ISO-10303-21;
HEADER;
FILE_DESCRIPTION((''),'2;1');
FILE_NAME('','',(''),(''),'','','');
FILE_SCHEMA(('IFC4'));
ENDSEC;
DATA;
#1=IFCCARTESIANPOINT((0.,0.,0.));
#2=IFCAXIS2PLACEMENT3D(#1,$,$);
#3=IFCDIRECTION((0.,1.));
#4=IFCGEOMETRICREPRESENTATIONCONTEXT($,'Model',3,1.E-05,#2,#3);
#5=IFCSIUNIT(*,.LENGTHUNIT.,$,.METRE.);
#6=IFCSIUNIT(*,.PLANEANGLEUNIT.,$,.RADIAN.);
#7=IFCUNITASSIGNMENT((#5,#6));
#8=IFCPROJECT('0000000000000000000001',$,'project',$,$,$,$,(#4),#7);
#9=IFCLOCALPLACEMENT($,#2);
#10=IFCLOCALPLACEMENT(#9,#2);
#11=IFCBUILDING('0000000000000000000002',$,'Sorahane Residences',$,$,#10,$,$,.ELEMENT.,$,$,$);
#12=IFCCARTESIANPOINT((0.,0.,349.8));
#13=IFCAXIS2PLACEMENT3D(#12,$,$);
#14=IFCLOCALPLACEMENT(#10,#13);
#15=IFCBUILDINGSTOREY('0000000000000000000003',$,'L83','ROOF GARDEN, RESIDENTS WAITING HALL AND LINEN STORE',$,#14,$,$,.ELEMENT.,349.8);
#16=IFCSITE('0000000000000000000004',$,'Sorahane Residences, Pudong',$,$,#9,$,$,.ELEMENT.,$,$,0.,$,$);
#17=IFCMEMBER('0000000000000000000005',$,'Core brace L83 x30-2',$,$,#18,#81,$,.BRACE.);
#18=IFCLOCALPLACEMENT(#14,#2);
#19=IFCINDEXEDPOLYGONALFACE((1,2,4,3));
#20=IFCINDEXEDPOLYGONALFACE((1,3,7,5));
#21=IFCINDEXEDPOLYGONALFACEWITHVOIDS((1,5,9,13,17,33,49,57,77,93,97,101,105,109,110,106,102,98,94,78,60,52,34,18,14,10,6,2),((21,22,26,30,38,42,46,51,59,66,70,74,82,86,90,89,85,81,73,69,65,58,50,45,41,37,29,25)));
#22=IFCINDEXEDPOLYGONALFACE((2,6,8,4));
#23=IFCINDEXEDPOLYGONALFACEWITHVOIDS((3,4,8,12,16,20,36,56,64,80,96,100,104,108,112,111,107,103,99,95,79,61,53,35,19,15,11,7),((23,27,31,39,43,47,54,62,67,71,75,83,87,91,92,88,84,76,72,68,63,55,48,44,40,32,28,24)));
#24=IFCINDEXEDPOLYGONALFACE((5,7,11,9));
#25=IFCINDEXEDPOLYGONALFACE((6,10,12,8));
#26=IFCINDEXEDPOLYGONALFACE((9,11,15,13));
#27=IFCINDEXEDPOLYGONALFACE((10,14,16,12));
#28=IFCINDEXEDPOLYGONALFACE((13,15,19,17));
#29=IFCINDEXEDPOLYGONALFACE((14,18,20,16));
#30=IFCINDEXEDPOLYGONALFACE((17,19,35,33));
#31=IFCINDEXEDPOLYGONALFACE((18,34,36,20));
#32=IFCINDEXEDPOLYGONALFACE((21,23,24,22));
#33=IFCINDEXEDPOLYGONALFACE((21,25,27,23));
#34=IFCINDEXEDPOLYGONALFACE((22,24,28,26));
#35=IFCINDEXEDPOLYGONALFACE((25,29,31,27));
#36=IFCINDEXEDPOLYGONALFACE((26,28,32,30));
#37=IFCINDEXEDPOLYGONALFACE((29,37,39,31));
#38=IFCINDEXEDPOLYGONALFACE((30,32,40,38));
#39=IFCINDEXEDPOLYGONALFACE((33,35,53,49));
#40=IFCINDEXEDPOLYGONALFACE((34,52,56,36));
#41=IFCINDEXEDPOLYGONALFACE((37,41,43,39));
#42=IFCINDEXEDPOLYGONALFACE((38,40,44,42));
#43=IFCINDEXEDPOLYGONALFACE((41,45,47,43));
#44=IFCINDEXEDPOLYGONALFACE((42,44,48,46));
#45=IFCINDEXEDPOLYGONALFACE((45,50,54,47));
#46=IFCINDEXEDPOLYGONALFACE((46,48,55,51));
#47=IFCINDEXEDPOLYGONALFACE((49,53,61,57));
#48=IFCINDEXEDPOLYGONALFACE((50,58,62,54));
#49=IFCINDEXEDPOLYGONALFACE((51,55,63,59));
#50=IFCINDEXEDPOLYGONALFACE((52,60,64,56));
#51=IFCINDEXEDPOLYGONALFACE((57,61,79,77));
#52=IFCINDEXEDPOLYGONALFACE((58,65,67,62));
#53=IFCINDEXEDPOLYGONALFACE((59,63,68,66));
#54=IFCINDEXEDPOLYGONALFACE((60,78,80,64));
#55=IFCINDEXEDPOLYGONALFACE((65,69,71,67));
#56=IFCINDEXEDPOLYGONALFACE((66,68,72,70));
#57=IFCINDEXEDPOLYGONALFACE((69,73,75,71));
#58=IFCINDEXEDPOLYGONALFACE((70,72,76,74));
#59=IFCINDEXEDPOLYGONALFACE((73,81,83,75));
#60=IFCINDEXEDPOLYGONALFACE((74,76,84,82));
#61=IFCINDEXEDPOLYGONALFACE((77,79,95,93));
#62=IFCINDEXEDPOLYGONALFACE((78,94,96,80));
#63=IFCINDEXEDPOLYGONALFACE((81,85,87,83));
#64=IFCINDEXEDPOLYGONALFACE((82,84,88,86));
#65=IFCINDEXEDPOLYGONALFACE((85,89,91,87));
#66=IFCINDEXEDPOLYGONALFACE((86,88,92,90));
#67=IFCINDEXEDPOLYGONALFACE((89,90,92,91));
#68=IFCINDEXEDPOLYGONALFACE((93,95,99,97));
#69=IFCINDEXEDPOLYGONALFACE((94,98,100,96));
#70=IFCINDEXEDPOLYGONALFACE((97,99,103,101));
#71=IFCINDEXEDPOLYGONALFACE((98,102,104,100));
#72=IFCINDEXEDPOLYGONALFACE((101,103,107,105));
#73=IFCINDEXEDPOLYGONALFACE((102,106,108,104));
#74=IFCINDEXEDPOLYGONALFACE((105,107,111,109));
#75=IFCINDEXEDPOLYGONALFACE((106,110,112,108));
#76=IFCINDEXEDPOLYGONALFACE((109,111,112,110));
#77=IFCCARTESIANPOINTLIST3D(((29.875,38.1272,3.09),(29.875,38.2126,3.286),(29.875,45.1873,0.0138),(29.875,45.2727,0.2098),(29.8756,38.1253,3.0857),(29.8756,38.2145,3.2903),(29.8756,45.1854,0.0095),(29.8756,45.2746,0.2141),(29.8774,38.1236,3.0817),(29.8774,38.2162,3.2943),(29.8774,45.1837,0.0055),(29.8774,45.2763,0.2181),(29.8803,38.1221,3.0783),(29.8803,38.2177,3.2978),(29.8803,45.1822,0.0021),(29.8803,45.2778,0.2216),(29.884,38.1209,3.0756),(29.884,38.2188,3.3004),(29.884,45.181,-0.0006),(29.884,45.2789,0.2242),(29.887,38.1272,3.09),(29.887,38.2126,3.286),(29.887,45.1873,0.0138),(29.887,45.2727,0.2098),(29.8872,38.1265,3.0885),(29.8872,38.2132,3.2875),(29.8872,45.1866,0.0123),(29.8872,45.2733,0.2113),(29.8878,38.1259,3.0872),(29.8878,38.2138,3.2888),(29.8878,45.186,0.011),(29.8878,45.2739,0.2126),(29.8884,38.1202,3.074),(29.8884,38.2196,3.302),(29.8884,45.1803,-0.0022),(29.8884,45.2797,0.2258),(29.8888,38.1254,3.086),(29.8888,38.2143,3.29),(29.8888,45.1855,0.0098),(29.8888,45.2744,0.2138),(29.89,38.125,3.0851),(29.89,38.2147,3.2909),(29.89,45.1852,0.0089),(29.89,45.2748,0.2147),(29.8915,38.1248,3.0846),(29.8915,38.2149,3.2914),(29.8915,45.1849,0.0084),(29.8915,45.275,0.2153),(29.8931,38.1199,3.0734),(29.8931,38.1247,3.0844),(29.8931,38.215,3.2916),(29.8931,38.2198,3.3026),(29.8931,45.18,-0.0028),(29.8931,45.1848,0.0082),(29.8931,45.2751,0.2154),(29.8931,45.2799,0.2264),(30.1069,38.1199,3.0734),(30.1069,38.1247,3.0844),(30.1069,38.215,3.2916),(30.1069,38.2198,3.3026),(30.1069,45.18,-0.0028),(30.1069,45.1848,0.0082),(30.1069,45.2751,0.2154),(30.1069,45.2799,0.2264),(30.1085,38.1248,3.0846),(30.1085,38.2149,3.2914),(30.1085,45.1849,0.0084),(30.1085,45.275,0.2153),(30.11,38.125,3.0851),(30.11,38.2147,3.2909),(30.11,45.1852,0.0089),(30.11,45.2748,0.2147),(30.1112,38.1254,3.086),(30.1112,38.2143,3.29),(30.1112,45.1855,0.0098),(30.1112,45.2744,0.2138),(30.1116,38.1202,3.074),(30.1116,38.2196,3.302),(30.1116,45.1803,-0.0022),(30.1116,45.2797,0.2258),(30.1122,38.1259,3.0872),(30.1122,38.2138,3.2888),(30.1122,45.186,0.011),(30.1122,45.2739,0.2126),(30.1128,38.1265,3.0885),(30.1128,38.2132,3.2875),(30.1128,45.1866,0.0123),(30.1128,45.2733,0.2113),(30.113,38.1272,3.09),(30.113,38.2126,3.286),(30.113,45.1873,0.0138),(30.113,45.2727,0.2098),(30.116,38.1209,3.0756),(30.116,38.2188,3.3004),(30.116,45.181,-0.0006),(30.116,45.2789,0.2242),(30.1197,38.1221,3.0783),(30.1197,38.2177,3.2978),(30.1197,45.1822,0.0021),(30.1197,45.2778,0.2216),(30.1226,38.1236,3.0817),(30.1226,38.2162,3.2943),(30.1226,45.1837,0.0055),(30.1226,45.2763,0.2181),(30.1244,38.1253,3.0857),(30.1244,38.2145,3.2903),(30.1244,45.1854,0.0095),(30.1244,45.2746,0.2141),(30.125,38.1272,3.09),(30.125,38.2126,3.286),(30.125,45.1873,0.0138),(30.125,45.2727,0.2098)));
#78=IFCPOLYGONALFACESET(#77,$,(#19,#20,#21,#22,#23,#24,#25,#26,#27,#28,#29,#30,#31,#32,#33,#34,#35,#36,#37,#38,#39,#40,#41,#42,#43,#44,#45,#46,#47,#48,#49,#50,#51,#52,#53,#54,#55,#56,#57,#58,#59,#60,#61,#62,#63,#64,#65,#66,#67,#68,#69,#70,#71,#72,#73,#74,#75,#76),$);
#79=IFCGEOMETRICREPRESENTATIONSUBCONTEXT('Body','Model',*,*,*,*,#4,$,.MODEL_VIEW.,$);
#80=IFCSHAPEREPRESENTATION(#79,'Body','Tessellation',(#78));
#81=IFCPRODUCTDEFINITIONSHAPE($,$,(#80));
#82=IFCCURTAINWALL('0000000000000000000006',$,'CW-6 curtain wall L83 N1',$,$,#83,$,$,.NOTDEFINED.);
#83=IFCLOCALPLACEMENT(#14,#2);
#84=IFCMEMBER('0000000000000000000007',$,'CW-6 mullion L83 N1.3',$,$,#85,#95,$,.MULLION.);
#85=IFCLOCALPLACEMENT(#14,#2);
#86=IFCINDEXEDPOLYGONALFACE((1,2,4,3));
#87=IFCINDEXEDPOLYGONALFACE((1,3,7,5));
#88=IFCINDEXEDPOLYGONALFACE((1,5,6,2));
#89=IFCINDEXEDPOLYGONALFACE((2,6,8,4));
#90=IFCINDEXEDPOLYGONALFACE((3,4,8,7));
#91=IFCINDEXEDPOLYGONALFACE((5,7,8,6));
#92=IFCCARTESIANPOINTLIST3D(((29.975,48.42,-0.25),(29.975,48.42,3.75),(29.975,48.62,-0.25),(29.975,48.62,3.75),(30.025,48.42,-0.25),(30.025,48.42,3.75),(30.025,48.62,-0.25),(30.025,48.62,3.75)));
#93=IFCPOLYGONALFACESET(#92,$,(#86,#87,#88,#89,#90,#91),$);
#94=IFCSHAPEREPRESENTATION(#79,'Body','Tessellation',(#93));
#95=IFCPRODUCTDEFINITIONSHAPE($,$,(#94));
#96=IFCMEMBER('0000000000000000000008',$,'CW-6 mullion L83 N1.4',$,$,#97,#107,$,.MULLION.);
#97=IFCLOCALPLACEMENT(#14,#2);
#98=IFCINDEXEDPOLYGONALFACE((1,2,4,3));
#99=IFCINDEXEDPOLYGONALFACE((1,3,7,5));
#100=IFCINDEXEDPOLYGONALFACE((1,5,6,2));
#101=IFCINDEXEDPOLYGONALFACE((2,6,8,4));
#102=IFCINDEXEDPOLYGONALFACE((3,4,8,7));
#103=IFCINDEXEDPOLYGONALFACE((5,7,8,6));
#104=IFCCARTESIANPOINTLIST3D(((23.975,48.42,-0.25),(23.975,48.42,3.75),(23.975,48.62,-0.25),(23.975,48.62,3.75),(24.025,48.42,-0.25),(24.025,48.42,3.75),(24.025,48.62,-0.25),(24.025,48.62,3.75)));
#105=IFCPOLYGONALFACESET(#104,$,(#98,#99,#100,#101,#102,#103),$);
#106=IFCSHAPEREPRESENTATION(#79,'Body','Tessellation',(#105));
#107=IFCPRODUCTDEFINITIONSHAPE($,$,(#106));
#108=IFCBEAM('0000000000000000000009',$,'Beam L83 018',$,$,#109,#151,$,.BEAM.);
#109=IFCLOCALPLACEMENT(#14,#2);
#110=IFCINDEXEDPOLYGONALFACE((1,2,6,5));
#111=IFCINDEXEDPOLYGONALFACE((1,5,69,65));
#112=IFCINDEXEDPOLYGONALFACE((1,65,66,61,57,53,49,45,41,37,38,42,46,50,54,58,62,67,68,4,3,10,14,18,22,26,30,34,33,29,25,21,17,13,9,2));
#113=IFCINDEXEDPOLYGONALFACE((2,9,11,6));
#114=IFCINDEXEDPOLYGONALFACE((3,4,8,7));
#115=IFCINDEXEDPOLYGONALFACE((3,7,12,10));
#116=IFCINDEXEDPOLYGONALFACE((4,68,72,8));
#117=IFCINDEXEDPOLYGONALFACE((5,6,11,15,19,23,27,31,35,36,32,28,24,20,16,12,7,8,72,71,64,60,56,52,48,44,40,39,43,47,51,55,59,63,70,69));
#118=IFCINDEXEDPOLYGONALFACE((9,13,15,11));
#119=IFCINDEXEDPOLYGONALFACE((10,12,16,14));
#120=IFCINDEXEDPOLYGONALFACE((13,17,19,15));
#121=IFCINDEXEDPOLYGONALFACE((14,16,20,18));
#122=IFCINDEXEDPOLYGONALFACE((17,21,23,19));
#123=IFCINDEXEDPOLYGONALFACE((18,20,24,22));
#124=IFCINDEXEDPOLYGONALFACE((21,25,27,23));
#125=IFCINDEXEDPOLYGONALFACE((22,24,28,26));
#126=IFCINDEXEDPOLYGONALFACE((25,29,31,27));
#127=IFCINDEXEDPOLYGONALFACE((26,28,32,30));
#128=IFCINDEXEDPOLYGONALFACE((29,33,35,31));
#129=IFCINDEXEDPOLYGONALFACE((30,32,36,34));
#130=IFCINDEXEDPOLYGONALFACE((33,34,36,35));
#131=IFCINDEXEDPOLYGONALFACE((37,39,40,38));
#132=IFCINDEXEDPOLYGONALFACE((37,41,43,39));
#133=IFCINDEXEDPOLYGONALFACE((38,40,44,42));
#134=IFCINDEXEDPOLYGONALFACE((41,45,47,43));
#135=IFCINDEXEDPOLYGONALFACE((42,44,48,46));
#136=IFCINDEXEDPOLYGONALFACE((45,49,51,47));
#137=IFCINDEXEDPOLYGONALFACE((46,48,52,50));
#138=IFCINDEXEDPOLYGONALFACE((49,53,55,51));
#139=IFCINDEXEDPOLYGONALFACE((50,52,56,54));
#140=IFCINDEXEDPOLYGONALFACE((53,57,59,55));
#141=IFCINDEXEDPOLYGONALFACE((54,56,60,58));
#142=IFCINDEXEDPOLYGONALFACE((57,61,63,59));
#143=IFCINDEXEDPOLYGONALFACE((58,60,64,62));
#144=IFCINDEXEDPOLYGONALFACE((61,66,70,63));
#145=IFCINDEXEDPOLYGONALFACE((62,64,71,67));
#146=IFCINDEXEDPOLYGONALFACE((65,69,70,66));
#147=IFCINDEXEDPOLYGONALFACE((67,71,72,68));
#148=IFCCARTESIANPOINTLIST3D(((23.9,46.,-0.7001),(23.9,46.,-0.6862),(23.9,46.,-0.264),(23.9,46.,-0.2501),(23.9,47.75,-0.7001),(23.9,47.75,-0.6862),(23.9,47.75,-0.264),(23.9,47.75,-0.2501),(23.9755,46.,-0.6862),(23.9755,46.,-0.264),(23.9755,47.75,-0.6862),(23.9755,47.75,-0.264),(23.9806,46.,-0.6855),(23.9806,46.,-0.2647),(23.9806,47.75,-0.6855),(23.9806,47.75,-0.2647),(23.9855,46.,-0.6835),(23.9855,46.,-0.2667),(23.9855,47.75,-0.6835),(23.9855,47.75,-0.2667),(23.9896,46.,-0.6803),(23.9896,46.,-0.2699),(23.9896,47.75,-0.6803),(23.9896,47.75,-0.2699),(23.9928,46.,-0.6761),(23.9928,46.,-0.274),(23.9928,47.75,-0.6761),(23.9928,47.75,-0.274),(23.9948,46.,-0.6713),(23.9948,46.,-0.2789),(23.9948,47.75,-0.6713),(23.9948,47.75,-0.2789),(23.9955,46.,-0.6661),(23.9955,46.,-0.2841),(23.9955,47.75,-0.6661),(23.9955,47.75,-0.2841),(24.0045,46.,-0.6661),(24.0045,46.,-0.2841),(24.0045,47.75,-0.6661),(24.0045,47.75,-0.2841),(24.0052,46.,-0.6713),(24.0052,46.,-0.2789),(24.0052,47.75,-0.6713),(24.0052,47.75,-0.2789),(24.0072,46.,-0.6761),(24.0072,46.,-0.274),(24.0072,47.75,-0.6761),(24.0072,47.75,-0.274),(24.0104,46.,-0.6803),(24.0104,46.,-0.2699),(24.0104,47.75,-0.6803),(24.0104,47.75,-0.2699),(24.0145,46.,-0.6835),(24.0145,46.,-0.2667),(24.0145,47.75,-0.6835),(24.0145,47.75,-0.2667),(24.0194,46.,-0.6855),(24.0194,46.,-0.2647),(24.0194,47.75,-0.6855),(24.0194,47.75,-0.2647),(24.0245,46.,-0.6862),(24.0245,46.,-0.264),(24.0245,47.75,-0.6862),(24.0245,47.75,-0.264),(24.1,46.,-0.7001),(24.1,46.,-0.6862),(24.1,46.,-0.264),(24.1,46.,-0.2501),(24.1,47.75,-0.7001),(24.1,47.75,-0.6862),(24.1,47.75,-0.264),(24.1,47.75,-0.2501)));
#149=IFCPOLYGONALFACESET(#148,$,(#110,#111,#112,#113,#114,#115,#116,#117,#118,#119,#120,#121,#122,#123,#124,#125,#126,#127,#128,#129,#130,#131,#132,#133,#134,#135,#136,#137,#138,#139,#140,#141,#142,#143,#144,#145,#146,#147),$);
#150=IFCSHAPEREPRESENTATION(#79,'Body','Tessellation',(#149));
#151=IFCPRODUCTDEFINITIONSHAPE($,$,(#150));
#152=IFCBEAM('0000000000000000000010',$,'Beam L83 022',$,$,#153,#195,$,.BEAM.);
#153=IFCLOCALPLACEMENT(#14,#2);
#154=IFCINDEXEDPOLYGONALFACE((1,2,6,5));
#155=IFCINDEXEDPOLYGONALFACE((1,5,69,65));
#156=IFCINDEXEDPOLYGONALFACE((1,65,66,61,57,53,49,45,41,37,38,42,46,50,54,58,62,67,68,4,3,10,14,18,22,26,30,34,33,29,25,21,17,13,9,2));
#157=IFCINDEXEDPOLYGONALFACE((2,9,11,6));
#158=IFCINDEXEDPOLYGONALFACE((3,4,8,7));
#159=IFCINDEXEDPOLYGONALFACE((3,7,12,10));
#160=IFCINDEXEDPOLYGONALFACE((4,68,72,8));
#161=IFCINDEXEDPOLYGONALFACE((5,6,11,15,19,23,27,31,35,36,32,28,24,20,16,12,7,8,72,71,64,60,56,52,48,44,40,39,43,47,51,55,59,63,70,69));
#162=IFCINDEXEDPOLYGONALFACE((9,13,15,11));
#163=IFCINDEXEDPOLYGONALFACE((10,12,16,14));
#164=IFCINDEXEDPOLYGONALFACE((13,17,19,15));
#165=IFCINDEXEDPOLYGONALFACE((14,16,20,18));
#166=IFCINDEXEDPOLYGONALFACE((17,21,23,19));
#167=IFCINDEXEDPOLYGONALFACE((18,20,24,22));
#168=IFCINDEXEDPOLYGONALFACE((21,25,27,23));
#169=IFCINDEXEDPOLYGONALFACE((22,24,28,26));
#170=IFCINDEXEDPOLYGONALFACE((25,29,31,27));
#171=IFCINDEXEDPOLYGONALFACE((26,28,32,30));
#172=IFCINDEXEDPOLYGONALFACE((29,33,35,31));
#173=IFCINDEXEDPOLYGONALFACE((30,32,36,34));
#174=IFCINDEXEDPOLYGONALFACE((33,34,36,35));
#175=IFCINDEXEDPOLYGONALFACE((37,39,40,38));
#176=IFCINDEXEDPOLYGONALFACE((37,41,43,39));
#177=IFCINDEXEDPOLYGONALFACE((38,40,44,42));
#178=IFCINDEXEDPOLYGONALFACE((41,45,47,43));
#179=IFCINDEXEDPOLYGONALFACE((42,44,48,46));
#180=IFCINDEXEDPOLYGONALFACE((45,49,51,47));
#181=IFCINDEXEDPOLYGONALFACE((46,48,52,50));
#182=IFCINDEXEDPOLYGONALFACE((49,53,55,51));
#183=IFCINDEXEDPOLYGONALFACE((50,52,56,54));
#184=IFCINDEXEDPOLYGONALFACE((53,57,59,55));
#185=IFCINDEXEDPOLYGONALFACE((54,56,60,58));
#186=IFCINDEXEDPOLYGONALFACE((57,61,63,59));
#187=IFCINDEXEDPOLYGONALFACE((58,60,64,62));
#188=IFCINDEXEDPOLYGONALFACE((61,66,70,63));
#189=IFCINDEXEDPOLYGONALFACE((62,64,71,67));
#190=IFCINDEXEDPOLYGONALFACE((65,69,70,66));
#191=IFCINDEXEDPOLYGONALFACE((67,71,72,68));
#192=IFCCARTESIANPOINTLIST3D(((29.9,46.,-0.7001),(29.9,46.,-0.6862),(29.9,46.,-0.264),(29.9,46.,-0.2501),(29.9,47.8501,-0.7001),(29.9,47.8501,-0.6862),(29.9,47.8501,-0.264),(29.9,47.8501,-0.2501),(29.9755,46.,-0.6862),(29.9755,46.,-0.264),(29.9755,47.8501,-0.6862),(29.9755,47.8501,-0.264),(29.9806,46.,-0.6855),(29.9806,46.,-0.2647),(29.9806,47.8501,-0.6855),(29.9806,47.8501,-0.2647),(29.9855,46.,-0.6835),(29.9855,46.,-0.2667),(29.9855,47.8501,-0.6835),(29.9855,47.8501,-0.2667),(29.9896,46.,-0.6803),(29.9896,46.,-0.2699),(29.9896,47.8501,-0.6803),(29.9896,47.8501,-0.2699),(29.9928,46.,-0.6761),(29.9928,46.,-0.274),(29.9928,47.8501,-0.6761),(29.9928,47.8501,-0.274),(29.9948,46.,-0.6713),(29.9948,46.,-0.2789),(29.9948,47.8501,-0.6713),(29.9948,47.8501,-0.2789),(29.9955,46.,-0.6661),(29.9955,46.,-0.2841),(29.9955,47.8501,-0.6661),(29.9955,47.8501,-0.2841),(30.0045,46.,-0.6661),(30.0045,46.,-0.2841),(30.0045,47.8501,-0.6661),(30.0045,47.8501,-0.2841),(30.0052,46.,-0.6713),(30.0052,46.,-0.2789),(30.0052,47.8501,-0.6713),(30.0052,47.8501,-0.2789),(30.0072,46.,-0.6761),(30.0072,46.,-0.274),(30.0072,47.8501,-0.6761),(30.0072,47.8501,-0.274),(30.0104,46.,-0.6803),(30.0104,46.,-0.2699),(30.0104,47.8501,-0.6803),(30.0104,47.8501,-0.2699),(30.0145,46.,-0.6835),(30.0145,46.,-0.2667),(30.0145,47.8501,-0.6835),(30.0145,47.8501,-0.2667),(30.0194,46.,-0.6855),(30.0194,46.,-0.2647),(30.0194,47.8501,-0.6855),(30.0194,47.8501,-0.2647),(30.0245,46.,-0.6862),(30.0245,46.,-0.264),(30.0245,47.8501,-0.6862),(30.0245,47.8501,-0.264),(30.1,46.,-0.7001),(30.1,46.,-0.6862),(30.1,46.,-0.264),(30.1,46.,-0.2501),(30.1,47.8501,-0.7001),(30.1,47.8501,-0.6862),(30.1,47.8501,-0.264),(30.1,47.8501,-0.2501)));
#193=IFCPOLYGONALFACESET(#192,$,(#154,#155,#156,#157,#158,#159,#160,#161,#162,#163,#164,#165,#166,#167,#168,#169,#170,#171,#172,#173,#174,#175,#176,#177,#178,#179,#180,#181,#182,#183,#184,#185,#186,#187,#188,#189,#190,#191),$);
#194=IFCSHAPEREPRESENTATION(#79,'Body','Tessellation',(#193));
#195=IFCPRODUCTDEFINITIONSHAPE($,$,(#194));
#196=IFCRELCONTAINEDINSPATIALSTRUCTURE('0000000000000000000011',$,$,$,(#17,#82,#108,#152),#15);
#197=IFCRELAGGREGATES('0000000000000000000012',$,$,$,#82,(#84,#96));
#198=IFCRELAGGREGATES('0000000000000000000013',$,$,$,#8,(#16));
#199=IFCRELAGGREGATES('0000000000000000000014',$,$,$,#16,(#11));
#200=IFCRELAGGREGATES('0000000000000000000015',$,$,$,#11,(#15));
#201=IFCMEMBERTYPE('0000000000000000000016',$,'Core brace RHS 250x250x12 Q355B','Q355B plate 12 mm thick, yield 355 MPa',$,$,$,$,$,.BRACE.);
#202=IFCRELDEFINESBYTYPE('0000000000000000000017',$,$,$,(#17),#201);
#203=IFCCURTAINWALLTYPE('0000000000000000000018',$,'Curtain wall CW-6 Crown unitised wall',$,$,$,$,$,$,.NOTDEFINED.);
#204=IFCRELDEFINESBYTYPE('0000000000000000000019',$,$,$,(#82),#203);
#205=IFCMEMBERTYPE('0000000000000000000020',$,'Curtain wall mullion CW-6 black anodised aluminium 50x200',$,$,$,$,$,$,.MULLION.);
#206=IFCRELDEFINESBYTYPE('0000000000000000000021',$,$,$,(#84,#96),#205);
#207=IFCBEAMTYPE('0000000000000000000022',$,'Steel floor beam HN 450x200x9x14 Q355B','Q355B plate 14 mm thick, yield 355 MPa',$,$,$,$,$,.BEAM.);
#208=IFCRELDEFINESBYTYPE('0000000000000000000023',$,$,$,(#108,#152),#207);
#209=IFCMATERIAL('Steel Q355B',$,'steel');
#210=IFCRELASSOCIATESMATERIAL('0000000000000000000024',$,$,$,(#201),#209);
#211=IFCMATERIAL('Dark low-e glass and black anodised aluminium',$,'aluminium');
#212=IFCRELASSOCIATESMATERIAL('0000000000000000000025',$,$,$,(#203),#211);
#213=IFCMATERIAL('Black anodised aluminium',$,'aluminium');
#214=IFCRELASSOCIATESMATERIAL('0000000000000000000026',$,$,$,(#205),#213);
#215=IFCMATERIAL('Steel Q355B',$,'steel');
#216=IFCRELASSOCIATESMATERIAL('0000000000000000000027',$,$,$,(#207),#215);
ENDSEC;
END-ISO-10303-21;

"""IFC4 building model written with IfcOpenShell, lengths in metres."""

from ifc_helpers import new_model, si_unit, direction, frame, origin, origin_2d, place, context, subcontext, project, spatial, rectangle, hollow_rectangle, i_section, extrude, material, material_profile, profile_set, type_object, element, aggregate, save


model = new_model("IFC4")

# Units and contexts
model_context = context("Model", 3, precision=1e-05, world=origin(), true_north=direction((0.0, 1.0)))
body_context = subcontext(model_context, "Body", "Model", "MODEL_VIEW")
ifc_project = project(units=[si_unit("LENGTHUNIT", "METRE"), si_unit("PLANEANGLEUNIT", "RADIAN")], contexts=[model_context])

# Site, building, storey
site_placement = place(None, origin())
site = spatial("IfcSite", under=ifc_project, at=site_placement, Name="Sorahane Residences, Pudong", CompositionType="ELEMENT", RefElevation=0.0)
building_placement = place(site_placement, origin())
building = spatial("IfcBuilding", under=site, at=building_placement, Name="Sorahane Residences", CompositionType="ELEMENT")
storey_placement = place(building_placement, frame((0.0, 0.0, 349.8)))
storey = spatial("IfcBuildingStorey", under=building, at=storey_placement, Name="L83", Description="ROOF GARDEN, RESIDENTS WAITING HALL AND LINEN STORE", CompositionType="ELEMENT", Elevation=349.8)

# Member
ifc_material_1 = material(Name="Steel Q355B", Category="steel")
ifc_material_profile_1 = material_profile(ifc_material_1, hollow_rectangle(XDim=0.25, YDim=0.25, WallThickness=0.012, InnerFilletRadius=0.0061, OuterFilletRadius=0.0181, at=origin_2d()), Name="RHS 250x250x12")
ifc_profile_set_1 = profile_set([ifc_material_profile_1], Name="Steel Q355B")
member_type_1 = type_object("IfcMemberType", Name="Core brace RHS 250x250x12 Q355B", Description="Q355B plate 12 mm thick, yield 355 MPa", PredefinedType="BRACE", material=ifc_profile_set_1)
member_1_placement = place(storey_placement, frame((30.0, 45.23, 0.1118), z_axis=(0.0, -0.916757, 0.399445), x_axis=(1.0, 0.0, 0.0)))
element("IfcMember", 1, at=member_1_placement, inside=storey, type_object=member_type_1, Name="Core brace L83 x30-2", PredefinedType="BRACE", context=body_context, shape_type="SweptSolid", body=[
    extrude(hollow_rectangle(XDim=0.25, YDim=0.25, WallThickness=0.012, InnerFilletRadius=0.0061, OuterFilletRadius=0.0181, at=origin_2d()), origin(), (0.0, 0.0, 1.0), 7.7012),
])

# Curtain wall, members
ifc_material_2 = material(Name="Dark low-e glass and black anodised aluminium", Category="aluminium")
curtain_wall_type = type_object("IfcCurtainWallType", Name="Curtain wall CW-6 Crown unitised wall", PredefinedType="NOTDEFINED", material=ifc_material_2)
curtain_wall_placement = place(storey_placement, origin())
curtain_wall = element("IfcCurtainWall", 2, at=curtain_wall_placement, inside=storey, type_object=curtain_wall_type, Name="CW-6 curtain wall L83 N1", PredefinedType="NOTDEFINED")
ifc_material_3 = material(Name="Black anodised aluminium", Category="aluminium")
ifc_material_profile_2 = material_profile(ifc_material_3, rectangle(XDim=0.2, YDim=0.05, at=origin_2d()), Name="Curtain wall mullion CW-6 black anodised aluminium 50x200")
ifc_profile_set_2 = profile_set([ifc_material_profile_2], Name="Black anodised aluminium")
member_type_2 = type_object("IfcMemberType", Name="Curtain wall mullion CW-6 black anodised aluminium 50x200", PredefinedType="MULLION", material=ifc_profile_set_2)
member_2_placement = place(storey_placement, frame((30.0, 48.52, -0.25), z_axis=(0.0, 0.0, 1.0), x_axis=(0.0, 1.0, 0.0)))
member_2 = element("IfcMember", 3, at=member_2_placement, type_object=member_type_2, Name="CW-6 mullion L83 N1.3", PredefinedType="MULLION", context=body_context, shape_type="SweptSolid", body=[
    extrude(rectangle(XDim=0.2, YDim=0.05, at=origin_2d()), origin(), (0.0, 0.0, 1.0), 4.0),
])
member_3_placement = place(storey_placement, frame((24.0, 48.52, -0.25), z_axis=(0.0, 0.0, 1.0), x_axis=(0.0, 1.0, 0.0)))
member_3 = element("IfcMember", 4, at=member_3_placement, type_object=member_type_2, Name="CW-6 mullion L83 N1.4", PredefinedType="MULLION", context=body_context, shape_type="SweptSolid", body=[
    extrude(rectangle(XDim=0.2, YDim=0.05, at=origin_2d()), origin(), (0.0, 0.0, 1.0), 4.0),
])

# Beams
ifc_material_4 = material(Name="Steel Q355B", Category="steel")
ifc_material_profile_3 = material_profile(ifc_material_4, i_section(OverallWidth=0.2, OverallDepth=0.45, WebThickness=0.009, FlangeThickness=0.0139, FilletRadius=0.02, at=origin_2d()), Name="HN 450x200x9x14")
ifc_profile_set_3 = profile_set([ifc_material_profile_3], Name="Steel Q355B")
beam_type_1 = type_object("IfcBeamType", Name="Steel floor beam HN 450x200x9x14 Q355B", Description="Q355B plate 14 mm thick, yield 355 MPa", PredefinedType="BEAM", material=ifc_profile_set_3)
beam_1_placement = place(storey_placement, frame((24.0, 46.0, -0.4751), z_axis=(0.0, 1.0, 0.0), x_axis=(-1.0, 0.0, 0.0)))
element("IfcBeam", 5, at=beam_1_placement, inside=storey, type_object=beam_type_1, Name="Beam L83 018", PredefinedType="BEAM", context=body_context, shape_type="SweptSolid", body=[
    extrude(i_section(OverallWidth=0.2, OverallDepth=0.45, WebThickness=0.009, FlangeThickness=0.0139, FilletRadius=0.02, at=origin_2d()), origin(), (0.0, 0.0, 1.0), 1.75),
])
beam_2_placement = place(storey_placement, frame((30.0, 46.0, -0.4751), z_axis=(0.0, 1.0, 0.0), x_axis=(-1.0, 0.0, 0.0)))
element("IfcBeam", 6, at=beam_2_placement, inside=storey, type_object=beam_type_1, Name="Beam L83 022", PredefinedType="BEAM", context=body_context, shape_type="SweptSolid", body=[
    extrude(i_section(OverallWidth=0.2, OverallDepth=0.45, WebThickness=0.009, FlangeThickness=0.0139, FilletRadius=0.02, at=origin_2d()), origin(), (0.0, 0.0, 1.0), 1.8501),
])

aggregate(curtain_wall, [member_2, member_3])

save(model, "model.ifc")
